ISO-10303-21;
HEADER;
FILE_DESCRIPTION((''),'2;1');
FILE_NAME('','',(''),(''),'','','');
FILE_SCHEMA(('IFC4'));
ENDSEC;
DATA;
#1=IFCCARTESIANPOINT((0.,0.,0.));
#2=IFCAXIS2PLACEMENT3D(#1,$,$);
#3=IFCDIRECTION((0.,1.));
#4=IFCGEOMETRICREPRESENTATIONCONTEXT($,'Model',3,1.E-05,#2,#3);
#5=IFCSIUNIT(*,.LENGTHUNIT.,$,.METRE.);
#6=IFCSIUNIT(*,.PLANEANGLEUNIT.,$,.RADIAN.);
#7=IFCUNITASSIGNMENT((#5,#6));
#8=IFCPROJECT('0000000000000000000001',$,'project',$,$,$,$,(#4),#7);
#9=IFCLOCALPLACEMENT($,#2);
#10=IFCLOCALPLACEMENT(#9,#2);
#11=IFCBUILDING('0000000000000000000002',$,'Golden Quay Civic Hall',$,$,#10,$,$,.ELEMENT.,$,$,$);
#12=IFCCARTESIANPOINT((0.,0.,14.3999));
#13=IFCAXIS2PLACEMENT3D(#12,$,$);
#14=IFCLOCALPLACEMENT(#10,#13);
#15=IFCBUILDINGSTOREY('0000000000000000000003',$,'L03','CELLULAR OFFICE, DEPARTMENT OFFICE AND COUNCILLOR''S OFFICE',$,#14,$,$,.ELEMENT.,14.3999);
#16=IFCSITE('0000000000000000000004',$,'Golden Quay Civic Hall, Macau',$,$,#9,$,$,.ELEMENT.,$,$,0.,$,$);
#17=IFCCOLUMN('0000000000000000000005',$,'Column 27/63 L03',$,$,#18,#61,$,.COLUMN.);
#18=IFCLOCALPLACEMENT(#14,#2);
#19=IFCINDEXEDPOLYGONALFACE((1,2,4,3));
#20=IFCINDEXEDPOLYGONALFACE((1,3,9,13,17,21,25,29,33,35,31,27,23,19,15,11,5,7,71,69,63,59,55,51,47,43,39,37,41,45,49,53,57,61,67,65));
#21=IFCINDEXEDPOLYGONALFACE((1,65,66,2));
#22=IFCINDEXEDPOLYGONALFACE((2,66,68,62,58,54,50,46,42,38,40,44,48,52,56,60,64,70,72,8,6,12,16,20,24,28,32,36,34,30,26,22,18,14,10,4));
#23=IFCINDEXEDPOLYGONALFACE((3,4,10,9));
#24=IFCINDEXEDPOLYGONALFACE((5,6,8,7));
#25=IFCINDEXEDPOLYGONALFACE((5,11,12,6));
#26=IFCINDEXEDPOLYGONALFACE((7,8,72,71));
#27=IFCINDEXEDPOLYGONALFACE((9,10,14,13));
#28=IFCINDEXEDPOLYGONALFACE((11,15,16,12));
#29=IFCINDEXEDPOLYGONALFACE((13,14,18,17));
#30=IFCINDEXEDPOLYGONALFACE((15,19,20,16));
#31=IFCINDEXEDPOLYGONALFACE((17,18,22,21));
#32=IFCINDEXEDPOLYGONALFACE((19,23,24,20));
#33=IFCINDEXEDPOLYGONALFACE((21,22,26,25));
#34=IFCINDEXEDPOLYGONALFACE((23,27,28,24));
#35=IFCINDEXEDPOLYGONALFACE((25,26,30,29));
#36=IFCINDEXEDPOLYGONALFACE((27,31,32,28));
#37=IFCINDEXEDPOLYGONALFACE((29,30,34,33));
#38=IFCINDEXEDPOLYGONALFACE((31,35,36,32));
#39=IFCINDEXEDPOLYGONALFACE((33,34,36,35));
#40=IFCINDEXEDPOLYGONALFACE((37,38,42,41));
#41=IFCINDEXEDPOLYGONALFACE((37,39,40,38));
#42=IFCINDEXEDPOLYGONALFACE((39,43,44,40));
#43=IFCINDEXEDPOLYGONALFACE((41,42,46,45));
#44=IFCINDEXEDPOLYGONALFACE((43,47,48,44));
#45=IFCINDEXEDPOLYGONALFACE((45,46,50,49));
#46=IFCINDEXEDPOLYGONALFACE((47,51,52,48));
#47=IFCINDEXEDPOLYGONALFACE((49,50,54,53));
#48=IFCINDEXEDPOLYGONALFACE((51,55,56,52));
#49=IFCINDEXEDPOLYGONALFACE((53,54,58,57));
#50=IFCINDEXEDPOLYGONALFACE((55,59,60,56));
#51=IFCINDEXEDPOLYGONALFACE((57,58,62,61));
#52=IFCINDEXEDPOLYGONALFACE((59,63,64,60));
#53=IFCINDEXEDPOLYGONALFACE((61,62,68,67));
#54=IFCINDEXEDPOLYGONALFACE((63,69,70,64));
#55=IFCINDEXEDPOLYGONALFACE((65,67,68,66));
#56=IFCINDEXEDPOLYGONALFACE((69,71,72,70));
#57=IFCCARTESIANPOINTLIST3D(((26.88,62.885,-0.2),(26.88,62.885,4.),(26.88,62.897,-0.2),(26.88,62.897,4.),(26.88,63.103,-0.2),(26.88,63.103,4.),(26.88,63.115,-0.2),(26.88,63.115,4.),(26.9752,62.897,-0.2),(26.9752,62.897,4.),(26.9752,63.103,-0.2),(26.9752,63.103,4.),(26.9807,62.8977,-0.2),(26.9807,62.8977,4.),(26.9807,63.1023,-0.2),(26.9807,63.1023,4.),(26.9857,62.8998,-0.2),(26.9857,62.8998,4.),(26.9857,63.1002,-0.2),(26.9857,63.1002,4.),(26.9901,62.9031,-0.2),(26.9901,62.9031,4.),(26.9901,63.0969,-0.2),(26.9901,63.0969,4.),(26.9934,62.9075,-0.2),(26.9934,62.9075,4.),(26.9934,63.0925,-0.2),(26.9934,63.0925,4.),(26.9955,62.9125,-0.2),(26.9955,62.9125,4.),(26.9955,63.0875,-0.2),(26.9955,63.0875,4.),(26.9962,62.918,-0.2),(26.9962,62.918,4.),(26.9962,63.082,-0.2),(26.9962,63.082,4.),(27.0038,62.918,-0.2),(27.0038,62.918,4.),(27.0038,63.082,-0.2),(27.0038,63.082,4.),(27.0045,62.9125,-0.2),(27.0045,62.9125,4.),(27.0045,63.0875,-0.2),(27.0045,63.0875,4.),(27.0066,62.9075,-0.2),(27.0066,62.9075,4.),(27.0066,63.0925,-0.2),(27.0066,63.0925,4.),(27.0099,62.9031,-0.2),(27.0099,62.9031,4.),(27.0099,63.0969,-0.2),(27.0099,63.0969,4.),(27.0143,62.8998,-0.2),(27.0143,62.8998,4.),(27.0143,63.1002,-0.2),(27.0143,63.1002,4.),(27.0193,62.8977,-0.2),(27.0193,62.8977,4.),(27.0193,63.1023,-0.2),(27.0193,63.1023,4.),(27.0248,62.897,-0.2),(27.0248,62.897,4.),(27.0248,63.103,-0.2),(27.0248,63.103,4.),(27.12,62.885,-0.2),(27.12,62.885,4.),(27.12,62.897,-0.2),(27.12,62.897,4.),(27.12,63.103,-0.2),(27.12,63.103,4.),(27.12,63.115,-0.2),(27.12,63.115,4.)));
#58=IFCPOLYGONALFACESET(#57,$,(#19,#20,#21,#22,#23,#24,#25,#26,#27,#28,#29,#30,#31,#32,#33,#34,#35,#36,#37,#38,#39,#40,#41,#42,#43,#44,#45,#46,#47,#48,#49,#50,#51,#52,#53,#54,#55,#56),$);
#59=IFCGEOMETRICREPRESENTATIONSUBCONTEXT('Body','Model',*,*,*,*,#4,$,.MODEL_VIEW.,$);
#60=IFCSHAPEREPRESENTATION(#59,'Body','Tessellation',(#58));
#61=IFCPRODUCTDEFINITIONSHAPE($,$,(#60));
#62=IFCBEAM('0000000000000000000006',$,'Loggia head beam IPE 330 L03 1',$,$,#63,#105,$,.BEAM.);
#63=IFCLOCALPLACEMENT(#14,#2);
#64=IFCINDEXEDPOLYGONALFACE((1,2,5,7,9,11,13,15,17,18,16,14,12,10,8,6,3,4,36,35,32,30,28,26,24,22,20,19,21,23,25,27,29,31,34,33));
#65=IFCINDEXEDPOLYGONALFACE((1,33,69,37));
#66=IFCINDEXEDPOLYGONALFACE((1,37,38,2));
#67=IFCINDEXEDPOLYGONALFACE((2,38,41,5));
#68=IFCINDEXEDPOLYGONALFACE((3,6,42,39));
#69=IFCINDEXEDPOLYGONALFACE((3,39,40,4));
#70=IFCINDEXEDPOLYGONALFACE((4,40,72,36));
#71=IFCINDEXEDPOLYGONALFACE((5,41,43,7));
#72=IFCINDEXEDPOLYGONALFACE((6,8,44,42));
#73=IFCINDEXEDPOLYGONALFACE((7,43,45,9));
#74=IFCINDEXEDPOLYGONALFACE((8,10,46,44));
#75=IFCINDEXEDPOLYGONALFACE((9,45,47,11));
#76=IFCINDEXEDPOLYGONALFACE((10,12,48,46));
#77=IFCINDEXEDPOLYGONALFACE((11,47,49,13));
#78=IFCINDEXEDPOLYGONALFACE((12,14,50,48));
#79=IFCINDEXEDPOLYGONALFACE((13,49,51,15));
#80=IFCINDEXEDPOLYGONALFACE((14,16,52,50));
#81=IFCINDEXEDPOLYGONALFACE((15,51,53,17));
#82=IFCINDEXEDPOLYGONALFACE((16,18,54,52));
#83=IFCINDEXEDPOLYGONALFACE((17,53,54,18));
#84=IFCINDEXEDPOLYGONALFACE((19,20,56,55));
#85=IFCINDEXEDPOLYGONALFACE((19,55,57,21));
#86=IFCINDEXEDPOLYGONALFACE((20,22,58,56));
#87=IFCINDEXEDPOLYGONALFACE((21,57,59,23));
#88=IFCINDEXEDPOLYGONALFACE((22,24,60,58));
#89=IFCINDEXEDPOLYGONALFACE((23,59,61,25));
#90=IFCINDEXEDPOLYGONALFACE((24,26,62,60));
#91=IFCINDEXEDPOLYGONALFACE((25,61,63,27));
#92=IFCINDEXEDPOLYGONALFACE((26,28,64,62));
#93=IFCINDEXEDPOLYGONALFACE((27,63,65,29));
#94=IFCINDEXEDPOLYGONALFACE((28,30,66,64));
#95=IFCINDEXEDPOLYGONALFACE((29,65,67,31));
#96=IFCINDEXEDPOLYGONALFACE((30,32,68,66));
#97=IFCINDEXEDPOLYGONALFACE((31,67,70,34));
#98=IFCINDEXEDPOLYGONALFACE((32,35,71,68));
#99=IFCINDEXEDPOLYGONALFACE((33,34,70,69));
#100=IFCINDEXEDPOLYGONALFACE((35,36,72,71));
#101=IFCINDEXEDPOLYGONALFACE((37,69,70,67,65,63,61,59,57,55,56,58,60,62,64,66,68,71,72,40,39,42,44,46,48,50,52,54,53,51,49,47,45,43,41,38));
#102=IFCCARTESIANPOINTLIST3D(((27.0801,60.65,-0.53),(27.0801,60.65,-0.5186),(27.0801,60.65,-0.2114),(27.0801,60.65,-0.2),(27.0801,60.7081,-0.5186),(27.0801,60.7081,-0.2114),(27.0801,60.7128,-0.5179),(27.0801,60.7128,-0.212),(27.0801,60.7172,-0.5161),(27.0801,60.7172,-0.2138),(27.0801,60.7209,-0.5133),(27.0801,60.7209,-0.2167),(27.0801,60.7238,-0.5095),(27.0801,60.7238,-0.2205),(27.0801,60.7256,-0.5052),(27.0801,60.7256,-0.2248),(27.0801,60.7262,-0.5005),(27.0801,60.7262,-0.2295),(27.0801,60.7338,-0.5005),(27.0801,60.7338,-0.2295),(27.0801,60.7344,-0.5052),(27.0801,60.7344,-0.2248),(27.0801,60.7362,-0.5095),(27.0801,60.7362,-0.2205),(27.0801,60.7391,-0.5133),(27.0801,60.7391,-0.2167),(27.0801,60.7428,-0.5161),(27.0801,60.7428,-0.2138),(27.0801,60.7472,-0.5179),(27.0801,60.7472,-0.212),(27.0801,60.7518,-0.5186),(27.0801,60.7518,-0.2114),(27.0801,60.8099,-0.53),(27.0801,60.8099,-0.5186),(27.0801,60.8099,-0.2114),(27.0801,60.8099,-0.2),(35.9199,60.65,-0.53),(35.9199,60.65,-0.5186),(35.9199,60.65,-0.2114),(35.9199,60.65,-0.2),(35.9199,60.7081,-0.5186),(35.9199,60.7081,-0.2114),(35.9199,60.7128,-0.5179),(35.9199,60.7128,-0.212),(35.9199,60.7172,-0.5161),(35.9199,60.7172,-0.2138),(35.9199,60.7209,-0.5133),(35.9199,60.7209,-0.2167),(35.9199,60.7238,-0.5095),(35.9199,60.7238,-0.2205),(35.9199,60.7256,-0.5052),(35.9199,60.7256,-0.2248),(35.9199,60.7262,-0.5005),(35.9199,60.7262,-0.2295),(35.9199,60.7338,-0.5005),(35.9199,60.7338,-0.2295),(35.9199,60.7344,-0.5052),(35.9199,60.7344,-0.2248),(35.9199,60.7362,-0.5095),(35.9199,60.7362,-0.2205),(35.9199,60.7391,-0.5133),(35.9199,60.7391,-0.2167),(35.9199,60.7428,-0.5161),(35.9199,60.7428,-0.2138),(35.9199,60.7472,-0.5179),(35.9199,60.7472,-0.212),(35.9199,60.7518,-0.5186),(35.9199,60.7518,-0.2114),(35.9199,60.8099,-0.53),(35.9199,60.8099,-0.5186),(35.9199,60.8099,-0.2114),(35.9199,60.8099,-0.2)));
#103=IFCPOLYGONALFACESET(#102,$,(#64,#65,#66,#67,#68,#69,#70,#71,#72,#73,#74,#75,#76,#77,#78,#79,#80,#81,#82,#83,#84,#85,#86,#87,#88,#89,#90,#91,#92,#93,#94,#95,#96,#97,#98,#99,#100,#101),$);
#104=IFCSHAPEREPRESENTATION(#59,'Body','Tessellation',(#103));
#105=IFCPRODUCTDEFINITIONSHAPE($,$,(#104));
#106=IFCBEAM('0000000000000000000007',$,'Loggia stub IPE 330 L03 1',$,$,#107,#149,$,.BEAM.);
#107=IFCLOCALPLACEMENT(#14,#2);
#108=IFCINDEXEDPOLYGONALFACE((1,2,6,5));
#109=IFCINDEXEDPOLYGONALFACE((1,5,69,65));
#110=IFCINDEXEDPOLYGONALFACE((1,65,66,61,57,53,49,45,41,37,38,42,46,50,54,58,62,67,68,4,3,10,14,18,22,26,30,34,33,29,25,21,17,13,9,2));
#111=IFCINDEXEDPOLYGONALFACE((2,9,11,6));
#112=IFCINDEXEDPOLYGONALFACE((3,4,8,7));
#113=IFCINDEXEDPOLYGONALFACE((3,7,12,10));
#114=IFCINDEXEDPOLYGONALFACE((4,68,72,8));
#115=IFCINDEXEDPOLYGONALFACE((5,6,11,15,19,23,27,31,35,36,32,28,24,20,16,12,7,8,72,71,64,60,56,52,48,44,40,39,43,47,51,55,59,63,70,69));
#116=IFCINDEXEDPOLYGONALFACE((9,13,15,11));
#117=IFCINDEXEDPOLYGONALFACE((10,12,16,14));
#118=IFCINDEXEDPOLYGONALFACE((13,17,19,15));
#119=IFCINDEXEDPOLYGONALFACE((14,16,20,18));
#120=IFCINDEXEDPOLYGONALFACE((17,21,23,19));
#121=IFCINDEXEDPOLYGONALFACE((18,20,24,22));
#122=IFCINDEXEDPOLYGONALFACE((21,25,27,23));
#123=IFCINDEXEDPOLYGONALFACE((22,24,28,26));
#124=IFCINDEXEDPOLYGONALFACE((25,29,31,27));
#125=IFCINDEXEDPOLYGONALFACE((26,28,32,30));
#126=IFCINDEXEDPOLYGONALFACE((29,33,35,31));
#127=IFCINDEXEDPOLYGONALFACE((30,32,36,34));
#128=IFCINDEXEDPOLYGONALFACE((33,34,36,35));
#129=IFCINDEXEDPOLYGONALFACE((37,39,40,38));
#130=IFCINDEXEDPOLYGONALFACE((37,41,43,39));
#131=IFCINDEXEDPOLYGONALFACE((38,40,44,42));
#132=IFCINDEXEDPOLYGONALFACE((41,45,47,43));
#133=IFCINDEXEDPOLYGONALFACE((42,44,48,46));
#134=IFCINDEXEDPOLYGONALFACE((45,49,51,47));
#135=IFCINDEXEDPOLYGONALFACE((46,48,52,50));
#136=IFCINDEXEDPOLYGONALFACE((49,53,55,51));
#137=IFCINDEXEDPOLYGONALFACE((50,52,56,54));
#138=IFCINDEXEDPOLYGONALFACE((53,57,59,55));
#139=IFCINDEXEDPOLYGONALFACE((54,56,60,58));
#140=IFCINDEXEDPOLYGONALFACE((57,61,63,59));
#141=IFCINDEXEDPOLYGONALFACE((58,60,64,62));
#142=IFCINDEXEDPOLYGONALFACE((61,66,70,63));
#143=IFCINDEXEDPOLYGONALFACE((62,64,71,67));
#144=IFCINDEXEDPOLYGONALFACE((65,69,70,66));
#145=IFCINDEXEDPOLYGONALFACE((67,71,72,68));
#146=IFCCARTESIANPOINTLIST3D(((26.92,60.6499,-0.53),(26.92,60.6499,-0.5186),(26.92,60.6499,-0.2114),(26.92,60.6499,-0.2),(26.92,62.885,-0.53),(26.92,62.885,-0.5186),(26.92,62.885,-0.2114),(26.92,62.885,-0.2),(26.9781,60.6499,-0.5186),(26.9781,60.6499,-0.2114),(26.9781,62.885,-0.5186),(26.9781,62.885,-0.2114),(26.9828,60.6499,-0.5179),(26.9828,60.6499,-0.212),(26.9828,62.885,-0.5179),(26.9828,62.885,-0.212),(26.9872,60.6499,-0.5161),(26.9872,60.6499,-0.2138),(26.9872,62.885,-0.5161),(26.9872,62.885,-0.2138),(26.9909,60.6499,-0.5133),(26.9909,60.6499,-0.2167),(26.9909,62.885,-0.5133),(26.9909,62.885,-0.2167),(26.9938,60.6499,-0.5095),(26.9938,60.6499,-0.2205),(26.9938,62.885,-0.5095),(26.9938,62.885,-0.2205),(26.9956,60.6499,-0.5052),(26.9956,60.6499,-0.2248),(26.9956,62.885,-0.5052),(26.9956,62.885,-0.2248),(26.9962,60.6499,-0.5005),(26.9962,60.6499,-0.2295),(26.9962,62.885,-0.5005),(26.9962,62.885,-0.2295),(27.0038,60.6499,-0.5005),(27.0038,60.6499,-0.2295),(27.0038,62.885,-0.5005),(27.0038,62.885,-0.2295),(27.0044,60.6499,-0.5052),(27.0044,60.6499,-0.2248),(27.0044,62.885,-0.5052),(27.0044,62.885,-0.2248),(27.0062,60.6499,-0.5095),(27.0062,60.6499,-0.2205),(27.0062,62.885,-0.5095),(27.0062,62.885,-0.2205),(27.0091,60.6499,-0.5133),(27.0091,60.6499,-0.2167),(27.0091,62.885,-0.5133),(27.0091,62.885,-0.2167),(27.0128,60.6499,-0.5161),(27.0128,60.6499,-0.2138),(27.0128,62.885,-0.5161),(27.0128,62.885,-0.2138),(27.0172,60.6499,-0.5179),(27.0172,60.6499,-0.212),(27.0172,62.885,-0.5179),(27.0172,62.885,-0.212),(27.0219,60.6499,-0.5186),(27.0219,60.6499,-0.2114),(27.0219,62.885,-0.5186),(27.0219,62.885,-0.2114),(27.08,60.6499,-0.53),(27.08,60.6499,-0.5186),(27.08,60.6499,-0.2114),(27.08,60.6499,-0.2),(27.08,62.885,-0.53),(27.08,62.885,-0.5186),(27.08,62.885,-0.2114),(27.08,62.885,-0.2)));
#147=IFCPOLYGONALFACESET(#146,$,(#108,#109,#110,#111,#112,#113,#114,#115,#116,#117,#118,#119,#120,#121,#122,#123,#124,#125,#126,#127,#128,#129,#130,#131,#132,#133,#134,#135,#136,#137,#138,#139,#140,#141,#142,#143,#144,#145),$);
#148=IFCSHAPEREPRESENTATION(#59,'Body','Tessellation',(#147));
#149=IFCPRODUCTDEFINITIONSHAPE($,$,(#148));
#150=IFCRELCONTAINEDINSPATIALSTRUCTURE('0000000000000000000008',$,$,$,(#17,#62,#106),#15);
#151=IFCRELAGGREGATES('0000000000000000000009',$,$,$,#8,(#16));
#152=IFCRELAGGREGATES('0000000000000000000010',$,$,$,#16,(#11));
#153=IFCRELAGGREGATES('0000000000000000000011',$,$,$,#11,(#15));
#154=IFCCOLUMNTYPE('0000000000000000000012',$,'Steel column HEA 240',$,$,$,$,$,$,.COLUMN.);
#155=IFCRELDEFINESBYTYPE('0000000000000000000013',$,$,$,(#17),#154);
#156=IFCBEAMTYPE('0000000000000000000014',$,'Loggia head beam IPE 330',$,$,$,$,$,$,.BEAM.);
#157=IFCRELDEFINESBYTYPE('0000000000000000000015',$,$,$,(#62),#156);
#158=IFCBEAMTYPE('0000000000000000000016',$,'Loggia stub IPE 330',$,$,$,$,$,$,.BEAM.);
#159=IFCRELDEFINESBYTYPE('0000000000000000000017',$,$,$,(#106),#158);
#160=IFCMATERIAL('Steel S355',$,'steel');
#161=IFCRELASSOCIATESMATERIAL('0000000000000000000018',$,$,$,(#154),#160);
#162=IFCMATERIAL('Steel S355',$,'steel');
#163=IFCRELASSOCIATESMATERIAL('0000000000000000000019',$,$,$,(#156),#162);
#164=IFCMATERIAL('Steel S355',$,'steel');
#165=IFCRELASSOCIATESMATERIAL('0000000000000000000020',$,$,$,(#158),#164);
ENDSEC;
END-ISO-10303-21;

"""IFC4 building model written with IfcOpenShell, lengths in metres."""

from ifc_helpers import new_model, si_unit, direction, frame, origin, origin_2d, place, context, subcontext, project, spatial, i_section, extrude, material, material_profile, profile_set, type_object, element, save


model = new_model("IFC4")

# Units and contexts
model_context = context("Model", 3, precision=1e-05, world=origin(), true_north=direction((0.0, 1.0)))
body_context = subcontext(model_context, "Body", "Model", "MODEL_VIEW")
ifc_project = project(units=[si_unit("LENGTHUNIT", "METRE"), si_unit("PLANEANGLEUNIT", "RADIAN")], contexts=[model_context])

# Site, building, storey
site_placement = place(None, origin())
site = spatial("IfcSite", under=ifc_project, at=site_placement, Name="Golden Quay Civic Hall, Macau", CompositionType="ELEMENT", RefElevation=0.0)
building_placement = place(site_placement, origin())
building = spatial("IfcBuilding", under=site, at=building_placement, Name="Golden Quay Civic Hall", CompositionType="ELEMENT")
storey_placement = place(building_placement, frame((0.0, 0.0, 14.3999)))
storey = spatial("IfcBuildingStorey", under=building, at=storey_placement, Name="L03", Description="CELLULAR OFFICE, DEPARTMENT OFFICE AND COUNCILLOR'S OFFICE", CompositionType="ELEMENT", Elevation=14.3999)

# Column
ifc_material_1 = material(Name="Steel S355", Category="steel")
ifc_material_profile_1 = material_profile(ifc_material_1, i_section(OverallWidth=0.24, OverallDepth=0.23, WebThickness=0.0076, FlangeThickness=0.012, FilletRadius=0.021, at=origin_2d()), Name="HEA 240")
ifc_profile_set_1 = profile_set([ifc_material_profile_1], Name="Steel S355")
column_type = type_object("IfcColumnType", Name="Steel column HEA 240", PredefinedType="COLUMN", material=ifc_profile_set_1)
column_placement = place(storey_placement, frame((27.0, 63.0, -0.2), z_axis=(0.0, 0.0, 1.0), x_axis=(1.0, 0.0, 0.0)))
element("IfcColumn", 1, at=column_placement, inside=storey, type_object=column_type, Name="Column 27/63 L03", PredefinedType="COLUMN", context=body_context, shape_type="SweptSolid", body=[
    extrude(i_section(OverallWidth=0.24, OverallDepth=0.23, WebThickness=0.0076, FlangeThickness=0.012, FilletRadius=0.021, at=origin_2d()), origin(), (0.0, 0.0, 1.0), 4.2),
])

# Beams
ifc_material_2 = material(Name="Steel S355", Category="steel")
ifc_material_profile_2 = material_profile(ifc_material_2, i_section(OverallWidth=0.1599, OverallDepth=0.3301, WebThickness=0.0076, FlangeThickness=0.0115, FilletRadius=0.0181, at=origin_2d()), Name="IPE 330")
ifc_profile_set_2 = profile_set([ifc_material_profile_2], Name="Steel S355")
beam_type_1 = type_object("IfcBeamType", Name="Loggia head beam IPE 330", PredefinedType="BEAM", material=ifc_profile_set_2)
beam_1_placement = place(storey_placement, frame((27.0801, 60.73, -0.365), z_axis=(1.0, 0.0, 0.0), x_axis=(0.0, 1.0, 0.0)))
element("IfcBeam", 2, at=beam_1_placement, inside=storey, type_object=beam_type_1, Name="Loggia head beam IPE 330 L03 1", PredefinedType="BEAM", context=body_context, shape_type="SweptSolid", body=[
    extrude(i_section(OverallWidth=0.1599, OverallDepth=0.3301, WebThickness=0.0076, FlangeThickness=0.0115, FilletRadius=0.0181, at=origin_2d()), origin(), (0.0, 0.0, 1.0), 8.8398),
])
ifc_material_3 = material(Name="Steel S355", Category="steel")
ifc_material_profile_3 = material_profile(ifc_material_3, i_section(OverallWidth=0.1599, OverallDepth=0.3301, WebThickness=0.0076, FlangeThickness=0.0115, FilletRadius=0.0181, at=origin_2d()), Name="IPE 330")
ifc_profile_set_3 = profile_set([ifc_material_profile_3], Name="Steel S355")
beam_type_2 = type_object("IfcBeamType", Name="Loggia stub IPE 330", PredefinedType="BEAM", material=ifc_profile_set_3)
beam_2_placement = place(storey_placement, frame((27.0, 62.885, -0.365), z_axis=(0.0, -1.0, 0.0), x_axis=(1.0, 0.0, 0.0)))
element("IfcBeam", 3, at=beam_2_placement, inside=storey, type_object=beam_type_2, Name="Loggia stub IPE 330 L03 1", PredefinedType="BEAM", context=body_context, shape_type="SweptSolid", body=[
    extrude(i_section(OverallWidth=0.1599, OverallDepth=0.3301, WebThickness=0.0076, FlangeThickness=0.0115, FilletRadius=0.0181, at=origin_2d()), origin(), (0.0, 0.0, 1.0), 2.2351),
])

save(model, "model.ifc")
